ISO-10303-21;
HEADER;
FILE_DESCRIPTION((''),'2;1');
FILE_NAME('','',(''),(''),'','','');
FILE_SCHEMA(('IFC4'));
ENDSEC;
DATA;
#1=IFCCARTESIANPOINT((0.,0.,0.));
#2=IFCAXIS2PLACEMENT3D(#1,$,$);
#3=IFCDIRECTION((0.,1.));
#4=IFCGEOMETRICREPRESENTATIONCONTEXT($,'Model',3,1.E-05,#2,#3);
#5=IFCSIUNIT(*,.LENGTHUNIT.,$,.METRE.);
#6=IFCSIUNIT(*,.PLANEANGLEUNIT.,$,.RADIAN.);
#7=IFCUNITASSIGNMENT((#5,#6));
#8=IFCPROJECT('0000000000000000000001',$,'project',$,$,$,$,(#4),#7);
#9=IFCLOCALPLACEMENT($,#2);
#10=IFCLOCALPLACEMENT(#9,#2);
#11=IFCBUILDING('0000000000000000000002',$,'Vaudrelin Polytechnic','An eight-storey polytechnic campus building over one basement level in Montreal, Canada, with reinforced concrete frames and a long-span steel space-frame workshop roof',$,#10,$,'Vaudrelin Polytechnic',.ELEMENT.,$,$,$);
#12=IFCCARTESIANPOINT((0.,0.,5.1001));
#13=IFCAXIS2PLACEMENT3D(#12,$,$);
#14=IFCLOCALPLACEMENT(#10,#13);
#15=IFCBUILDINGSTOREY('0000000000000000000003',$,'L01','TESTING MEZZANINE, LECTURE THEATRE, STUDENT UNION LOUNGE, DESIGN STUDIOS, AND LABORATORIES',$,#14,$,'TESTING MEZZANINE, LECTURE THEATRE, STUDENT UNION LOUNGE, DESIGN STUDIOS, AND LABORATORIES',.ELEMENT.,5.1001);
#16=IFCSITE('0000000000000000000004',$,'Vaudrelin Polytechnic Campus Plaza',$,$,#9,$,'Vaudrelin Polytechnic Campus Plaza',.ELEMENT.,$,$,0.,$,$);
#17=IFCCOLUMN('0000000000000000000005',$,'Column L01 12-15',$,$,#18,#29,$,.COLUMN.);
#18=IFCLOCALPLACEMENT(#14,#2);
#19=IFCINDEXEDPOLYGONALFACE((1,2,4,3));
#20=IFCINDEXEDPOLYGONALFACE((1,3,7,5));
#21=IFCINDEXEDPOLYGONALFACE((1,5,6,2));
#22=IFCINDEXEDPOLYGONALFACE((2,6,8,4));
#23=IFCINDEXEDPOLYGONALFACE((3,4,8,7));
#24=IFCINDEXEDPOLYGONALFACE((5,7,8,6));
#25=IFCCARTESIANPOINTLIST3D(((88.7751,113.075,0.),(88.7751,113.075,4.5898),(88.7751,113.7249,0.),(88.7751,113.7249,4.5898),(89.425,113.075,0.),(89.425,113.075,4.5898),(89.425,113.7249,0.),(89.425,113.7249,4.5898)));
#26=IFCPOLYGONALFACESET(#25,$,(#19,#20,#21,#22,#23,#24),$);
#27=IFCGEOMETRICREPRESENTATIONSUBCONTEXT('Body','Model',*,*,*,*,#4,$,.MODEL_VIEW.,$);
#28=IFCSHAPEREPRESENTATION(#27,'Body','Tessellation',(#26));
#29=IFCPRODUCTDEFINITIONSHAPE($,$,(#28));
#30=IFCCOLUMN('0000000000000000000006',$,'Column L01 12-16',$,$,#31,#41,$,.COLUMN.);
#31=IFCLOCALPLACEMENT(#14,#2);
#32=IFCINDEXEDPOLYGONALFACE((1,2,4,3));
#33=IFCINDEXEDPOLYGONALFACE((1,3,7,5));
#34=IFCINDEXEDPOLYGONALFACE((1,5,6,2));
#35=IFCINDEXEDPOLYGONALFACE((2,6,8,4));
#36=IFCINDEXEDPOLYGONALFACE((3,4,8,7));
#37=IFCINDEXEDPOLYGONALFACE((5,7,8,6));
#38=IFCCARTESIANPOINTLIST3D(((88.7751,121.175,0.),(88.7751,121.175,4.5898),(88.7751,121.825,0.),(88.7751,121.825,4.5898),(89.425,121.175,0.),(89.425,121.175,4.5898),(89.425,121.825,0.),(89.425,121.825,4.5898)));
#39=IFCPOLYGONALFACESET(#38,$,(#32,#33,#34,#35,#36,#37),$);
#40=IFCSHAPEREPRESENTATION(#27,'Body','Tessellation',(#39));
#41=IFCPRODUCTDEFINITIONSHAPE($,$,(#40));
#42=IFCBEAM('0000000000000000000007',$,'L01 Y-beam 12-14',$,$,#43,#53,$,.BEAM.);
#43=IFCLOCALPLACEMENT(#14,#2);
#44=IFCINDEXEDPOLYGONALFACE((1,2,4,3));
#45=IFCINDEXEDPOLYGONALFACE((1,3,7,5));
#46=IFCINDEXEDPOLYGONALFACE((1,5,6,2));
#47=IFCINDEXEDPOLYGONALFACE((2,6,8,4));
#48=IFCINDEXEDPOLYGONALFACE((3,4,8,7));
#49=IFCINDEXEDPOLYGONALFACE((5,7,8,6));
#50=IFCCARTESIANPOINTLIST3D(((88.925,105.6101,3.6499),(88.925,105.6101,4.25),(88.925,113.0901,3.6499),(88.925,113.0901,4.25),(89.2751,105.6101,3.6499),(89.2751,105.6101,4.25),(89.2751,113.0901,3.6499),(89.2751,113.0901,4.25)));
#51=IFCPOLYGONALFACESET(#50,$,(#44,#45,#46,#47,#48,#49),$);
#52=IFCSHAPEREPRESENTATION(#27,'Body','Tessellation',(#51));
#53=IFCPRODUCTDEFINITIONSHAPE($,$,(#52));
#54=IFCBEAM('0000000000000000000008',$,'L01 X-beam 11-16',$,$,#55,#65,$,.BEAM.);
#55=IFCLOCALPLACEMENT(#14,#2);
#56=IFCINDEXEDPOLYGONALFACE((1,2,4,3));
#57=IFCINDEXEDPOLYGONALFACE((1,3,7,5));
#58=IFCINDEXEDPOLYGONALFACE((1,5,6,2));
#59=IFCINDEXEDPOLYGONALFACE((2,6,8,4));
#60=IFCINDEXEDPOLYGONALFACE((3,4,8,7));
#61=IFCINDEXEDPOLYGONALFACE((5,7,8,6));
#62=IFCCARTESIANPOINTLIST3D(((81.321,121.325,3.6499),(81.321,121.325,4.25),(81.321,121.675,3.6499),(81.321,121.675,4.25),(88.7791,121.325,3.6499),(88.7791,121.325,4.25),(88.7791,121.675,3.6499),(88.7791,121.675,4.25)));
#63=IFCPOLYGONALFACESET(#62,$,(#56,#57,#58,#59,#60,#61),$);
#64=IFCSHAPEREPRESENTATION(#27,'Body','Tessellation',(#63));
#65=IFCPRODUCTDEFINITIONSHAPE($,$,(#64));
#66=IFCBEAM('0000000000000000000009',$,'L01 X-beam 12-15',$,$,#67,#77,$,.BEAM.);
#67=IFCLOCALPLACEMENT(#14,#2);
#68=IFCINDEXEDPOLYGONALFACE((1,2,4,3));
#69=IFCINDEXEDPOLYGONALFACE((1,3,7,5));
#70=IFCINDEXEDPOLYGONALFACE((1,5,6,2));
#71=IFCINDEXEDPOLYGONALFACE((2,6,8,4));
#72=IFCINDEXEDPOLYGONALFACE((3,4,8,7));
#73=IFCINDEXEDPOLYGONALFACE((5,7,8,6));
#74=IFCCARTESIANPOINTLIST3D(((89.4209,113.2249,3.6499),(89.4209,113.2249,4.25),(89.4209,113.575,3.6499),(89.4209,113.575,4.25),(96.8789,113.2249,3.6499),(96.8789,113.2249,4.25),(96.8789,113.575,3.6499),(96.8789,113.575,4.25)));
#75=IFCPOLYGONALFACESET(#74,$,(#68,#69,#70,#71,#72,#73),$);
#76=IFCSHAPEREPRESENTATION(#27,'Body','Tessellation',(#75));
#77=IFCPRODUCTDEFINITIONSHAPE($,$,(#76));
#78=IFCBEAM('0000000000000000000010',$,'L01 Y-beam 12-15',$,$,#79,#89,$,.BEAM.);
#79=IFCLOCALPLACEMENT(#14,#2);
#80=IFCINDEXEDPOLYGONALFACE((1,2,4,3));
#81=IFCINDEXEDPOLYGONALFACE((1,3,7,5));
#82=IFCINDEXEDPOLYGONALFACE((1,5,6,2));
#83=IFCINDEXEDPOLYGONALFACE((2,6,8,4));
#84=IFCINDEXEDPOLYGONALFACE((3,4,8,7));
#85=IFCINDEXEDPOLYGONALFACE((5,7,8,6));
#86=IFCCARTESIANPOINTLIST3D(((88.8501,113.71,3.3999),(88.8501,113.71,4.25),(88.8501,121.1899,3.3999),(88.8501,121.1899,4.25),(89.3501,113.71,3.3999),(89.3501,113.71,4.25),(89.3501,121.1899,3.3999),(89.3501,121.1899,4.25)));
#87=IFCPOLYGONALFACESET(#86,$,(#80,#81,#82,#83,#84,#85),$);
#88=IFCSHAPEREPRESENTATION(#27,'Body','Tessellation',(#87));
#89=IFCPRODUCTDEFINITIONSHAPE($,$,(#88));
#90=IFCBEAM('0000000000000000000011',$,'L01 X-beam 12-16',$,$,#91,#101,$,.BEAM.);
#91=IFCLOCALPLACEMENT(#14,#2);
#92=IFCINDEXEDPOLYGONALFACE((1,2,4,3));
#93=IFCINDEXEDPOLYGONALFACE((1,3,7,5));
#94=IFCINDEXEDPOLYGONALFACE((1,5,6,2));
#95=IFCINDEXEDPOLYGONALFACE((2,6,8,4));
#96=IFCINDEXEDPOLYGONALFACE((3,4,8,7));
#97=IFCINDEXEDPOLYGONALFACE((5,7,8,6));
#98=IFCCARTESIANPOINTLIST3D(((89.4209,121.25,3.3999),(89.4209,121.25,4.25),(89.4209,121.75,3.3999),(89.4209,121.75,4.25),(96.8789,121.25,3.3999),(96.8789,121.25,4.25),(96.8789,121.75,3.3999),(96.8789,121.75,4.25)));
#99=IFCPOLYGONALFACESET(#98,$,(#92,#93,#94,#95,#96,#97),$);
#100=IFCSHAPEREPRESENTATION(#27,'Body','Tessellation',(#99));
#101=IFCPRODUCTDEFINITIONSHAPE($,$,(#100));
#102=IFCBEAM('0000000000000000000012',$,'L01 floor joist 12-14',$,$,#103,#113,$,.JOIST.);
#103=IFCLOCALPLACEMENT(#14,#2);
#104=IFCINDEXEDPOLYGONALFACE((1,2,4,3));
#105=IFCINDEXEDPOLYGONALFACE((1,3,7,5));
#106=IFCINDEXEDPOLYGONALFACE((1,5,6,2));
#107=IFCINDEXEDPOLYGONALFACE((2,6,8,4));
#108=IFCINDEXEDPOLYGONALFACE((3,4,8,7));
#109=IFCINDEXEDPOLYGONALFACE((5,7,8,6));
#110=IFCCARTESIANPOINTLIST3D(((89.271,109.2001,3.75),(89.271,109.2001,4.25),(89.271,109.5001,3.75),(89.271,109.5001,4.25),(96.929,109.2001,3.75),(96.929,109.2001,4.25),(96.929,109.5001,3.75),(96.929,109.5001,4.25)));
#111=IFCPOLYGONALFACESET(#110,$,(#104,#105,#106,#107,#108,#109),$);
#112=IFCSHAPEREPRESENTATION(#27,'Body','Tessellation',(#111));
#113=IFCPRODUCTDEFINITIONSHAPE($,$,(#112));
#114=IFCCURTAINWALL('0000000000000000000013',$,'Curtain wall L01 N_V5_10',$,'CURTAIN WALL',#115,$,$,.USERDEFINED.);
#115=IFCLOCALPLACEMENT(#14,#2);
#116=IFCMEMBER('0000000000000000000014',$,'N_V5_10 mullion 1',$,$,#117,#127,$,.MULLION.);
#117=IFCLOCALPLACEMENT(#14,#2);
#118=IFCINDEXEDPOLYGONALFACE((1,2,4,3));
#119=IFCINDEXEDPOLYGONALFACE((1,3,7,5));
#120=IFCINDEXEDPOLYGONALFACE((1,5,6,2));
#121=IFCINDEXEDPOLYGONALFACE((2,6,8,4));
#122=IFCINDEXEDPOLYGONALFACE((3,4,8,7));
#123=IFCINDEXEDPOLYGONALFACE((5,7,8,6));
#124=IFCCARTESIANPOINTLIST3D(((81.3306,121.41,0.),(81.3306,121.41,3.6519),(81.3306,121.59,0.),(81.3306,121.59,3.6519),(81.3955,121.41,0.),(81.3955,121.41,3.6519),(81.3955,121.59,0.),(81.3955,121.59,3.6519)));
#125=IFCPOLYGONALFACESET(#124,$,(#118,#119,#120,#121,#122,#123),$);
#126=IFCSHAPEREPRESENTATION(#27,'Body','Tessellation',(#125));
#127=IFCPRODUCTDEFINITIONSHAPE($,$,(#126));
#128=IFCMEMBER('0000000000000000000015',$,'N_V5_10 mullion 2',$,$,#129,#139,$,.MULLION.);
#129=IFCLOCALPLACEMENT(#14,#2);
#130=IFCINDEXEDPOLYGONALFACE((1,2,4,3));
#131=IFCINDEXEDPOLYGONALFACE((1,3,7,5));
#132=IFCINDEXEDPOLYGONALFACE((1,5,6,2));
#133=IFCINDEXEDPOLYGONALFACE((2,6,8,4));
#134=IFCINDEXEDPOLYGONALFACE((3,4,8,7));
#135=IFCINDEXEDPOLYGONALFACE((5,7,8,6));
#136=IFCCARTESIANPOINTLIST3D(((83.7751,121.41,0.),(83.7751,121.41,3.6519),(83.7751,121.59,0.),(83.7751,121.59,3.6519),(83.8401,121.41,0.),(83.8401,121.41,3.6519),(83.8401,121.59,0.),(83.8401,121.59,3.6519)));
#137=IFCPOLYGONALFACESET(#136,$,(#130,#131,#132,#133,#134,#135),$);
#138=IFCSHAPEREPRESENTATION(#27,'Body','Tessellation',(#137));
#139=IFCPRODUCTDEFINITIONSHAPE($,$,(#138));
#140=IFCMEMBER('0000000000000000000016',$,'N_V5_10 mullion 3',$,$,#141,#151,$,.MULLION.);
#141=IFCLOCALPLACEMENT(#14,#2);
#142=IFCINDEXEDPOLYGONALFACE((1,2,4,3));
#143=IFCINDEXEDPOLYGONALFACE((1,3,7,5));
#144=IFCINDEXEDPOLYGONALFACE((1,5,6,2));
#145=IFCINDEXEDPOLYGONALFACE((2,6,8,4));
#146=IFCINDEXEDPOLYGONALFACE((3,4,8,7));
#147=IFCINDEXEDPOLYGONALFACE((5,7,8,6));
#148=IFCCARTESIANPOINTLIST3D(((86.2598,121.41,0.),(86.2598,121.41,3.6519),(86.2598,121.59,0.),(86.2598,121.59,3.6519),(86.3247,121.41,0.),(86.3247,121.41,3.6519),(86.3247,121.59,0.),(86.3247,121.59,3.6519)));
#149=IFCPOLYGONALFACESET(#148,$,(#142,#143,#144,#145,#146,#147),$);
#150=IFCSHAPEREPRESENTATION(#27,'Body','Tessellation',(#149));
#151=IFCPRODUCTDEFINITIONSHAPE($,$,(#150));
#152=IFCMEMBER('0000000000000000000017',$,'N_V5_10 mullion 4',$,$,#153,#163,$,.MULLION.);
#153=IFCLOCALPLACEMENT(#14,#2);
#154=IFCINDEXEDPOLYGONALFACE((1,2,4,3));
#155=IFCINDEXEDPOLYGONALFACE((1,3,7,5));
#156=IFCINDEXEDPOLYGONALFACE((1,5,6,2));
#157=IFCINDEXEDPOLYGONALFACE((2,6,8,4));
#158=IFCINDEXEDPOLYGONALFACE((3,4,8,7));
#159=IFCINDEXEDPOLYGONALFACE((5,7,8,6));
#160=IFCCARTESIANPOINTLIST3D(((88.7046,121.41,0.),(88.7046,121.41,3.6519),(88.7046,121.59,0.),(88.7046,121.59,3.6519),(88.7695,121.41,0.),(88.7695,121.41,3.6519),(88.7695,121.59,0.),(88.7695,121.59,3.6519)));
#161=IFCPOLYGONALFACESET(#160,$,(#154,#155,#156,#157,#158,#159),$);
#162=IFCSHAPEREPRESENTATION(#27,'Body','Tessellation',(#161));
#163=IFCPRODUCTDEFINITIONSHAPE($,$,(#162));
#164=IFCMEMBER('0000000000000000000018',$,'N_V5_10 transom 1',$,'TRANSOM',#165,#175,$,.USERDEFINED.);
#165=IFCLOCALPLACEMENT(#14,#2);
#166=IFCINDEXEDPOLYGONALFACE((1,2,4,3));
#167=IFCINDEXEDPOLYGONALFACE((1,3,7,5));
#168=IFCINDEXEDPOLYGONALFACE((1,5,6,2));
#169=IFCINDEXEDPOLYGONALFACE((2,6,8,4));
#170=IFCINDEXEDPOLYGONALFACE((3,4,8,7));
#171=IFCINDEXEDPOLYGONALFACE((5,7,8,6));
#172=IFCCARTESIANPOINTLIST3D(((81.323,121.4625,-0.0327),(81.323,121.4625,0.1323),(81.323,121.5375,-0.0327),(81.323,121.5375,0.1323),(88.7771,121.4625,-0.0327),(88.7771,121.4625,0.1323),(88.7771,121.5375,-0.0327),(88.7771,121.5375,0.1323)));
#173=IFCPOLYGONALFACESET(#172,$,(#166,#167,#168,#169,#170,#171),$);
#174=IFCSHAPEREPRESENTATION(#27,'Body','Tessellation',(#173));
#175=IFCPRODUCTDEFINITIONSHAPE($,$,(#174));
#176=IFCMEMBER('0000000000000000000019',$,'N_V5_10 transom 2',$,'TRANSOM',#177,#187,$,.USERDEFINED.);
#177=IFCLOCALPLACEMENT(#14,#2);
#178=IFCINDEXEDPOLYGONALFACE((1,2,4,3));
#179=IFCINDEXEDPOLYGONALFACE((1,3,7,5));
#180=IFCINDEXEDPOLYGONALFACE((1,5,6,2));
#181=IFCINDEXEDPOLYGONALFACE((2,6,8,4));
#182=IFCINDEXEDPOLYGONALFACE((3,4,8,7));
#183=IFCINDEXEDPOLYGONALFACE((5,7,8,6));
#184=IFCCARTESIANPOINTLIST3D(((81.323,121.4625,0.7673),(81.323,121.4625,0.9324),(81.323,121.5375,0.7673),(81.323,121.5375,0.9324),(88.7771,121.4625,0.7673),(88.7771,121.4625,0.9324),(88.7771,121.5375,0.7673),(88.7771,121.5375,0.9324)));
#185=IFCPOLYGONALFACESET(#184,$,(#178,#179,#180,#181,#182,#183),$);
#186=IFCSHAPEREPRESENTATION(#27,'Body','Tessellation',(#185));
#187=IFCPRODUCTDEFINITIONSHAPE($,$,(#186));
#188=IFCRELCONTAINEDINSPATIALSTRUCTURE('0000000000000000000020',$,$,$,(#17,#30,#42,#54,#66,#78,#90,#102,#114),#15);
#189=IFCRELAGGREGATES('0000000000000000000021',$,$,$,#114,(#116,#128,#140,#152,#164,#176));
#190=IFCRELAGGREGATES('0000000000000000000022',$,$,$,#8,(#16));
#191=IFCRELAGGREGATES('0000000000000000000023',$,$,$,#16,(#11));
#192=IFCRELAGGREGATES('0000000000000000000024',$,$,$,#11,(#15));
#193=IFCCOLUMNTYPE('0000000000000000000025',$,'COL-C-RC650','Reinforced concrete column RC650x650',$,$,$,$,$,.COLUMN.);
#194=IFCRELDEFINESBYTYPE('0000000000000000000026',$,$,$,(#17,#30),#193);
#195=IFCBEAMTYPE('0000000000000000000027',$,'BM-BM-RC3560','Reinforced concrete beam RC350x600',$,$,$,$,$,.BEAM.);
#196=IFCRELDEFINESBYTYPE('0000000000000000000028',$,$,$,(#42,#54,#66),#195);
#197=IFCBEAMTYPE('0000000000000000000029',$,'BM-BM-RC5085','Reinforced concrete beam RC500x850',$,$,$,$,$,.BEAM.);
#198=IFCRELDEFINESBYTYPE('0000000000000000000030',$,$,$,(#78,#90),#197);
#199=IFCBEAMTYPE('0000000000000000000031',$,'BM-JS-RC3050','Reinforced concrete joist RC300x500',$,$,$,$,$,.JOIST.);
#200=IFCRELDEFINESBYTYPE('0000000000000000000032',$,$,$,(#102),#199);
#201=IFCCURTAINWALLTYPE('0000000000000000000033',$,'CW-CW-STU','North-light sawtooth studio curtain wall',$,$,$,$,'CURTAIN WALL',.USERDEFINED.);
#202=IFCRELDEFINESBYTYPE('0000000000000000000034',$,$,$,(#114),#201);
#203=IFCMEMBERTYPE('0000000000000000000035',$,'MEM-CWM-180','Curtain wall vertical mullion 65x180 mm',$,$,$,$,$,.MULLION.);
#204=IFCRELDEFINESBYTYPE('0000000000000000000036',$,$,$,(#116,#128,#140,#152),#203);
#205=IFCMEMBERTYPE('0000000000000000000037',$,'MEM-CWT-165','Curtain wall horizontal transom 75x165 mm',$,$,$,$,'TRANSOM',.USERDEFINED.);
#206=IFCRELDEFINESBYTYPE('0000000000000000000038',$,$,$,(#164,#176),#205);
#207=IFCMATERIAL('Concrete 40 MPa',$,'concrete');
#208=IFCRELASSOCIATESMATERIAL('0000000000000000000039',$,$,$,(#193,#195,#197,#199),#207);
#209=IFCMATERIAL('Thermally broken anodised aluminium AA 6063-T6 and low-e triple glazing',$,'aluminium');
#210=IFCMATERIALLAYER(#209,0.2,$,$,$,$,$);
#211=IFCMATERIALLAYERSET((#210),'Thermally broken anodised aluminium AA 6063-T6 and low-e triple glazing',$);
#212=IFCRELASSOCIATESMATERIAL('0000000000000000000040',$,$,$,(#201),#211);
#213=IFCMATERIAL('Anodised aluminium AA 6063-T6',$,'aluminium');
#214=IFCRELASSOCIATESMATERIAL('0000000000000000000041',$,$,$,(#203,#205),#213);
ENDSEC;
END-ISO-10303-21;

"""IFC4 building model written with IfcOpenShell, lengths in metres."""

from ifc_helpers import new_model, si_unit, direction, frame, origin, origin_2d, place, context, subcontext, project, spatial, rectangle, extrude, material, layer, layer_set, material_profile, profile_set, type_object, element, aggregate, save


model = new_model("IFC4")

# Units and contexts
model_context = context("Model", 3, precision=1e-05, world=origin(), true_north=direction((0.0, 1.0)))
body_context = subcontext(model_context, "Body", "Model", "MODEL_VIEW")
ifc_project = project(units=[si_unit("LENGTHUNIT", "METRE"), si_unit("PLANEANGLEUNIT", "RADIAN")], contexts=[model_context])

# Site, building, storey
site_placement = place(None, origin())
site = spatial("IfcSite", under=ifc_project, at=site_placement, Name="Vaudrelin Polytechnic Campus Plaza", LongName="Vaudrelin Polytechnic Campus Plaza", CompositionType="ELEMENT", RefElevation=0.0)
building_placement = place(site_placement, origin())
building = spatial("IfcBuilding", under=site, at=building_placement, Name="Vaudrelin Polytechnic", Description="An eight-storey polytechnic campus building over one basement level in Montreal, Canada, with reinforced concrete frames and a long-span steel space-frame workshop roof", LongName="Vaudrelin Polytechnic", CompositionType="ELEMENT")
storey_placement = place(building_placement, frame((0.0, 0.0, 5.1001)))
storey = spatial("IfcBuildingStorey", under=building, at=storey_placement, Name="L01", Description="TESTING MEZZANINE, LECTURE THEATRE, STUDENT UNION LOUNGE, DESIGN STUDIOS, AND LABORATORIES", LongName="TESTING MEZZANINE, LECTURE THEATRE, STUDENT UNION LOUNGE, DESIGN STUDIOS, AND LABORATORIES", CompositionType="ELEMENT", Elevation=5.1001)

# Columns
ifc_material_1 = material(Name="Concrete 40 MPa", Category="concrete")
ifc_material_profile_1 = material_profile(ifc_material_1, rectangle(XDim=0.6499, YDim=0.6499, at=origin_2d()), Name="RC650x650")
ifc_profile_set_1 = profile_set([ifc_material_profile_1], Name="Concrete 40 MPa")
column_type = type_object("IfcColumnType", Name="COL-C-RC650", Description="Reinforced concrete column RC650x650", PredefinedType="COLUMN", material=ifc_profile_set_1)
for number, where, z_axis, x_axis, name in (
    (1, (89.1001, 113.3999, 0.0), (0.0, 0.0, 1.0), (1.0, 0.0, 0.0), "Column L01 12-15"),
    (2, (89.1001, 121.5, 0.0), (0.0, 0.0, 1.0), (1.0, 0.0, 0.0), "Column L01 12-16"),
):
    element("IfcColumn", number, at=place(storey_placement, frame(where, z_axis=z_axis, x_axis=x_axis)), inside=storey, type_object=column_type, Name=name, PredefinedType="COLUMN", context=body_context, shape_type="SweptSolid", body=[
        extrude(rectangle(XDim=0.6499, YDim=0.6499, at=origin_2d()), origin(), (0.0, 0.0, 1.0), 4.5898),
    ])

# Beams
ifc_material_profile_2 = material_profile(ifc_material_1, rectangle(XDim=0.3501, YDim=0.6001, at=origin_2d()), Name="RC350x600")
ifc_profile_set_2 = profile_set([ifc_material_profile_2], Name="Concrete 40 MPa")
beam_type_1 = type_object("IfcBeamType", Name="BM-BM-RC3560", Description="Reinforced concrete beam RC350x600", PredefinedType="BEAM", material=ifc_profile_set_2)
beam_1_placement = place(storey_placement, frame((89.1001, 105.6101, 3.95), z_axis=(0.0, 1.0, 0.0), x_axis=(-1.0, 0.0, 0.0)))
element("IfcBeam", 3, at=beam_1_placement, inside=storey, type_object=beam_type_1, Name="L01 Y-beam 12-14", PredefinedType="BEAM", context=body_context, shape_type="SweptSolid", body=[
    extrude(rectangle(XDim=0.3501, YDim=0.6001, at=origin_2d()), origin(), (0.0, 0.0, 1.0), 7.48),
])
for number, where, z_axis, x_axis, name in (
    (4, (81.321, 121.5, 3.95), (1.0, 0.0, 0.0), (0.0, 1.0, 0.0), "L01 X-beam 11-16"),
    (5, (89.4209, 113.3999, 3.95), (1.0, 0.0, 0.0), (0.0, 1.0, 0.0), "L01 X-beam 12-15"),
):
    element("IfcBeam", number, at=place(storey_placement, frame(where, z_axis=z_axis, x_axis=x_axis)), inside=storey, type_object=beam_type_1, Name=name, PredefinedType="BEAM", context=body_context, shape_type="SweptSolid", body=[
        extrude(rectangle(XDim=0.3501, YDim=0.6001, at=origin_2d()), origin(), (0.0, 0.0, 1.0), 7.458),
    ])
ifc_material_profile_3 = material_profile(ifc_material_1, rectangle(XDim=0.5, YDim=0.8501, at=origin_2d()), Name="RC500x850")
ifc_profile_set_3 = profile_set([ifc_material_profile_3], Name="Concrete 40 MPa")
beam_type_2 = type_object("IfcBeamType", Name="BM-BM-RC5085", Description="Reinforced concrete beam RC500x850", PredefinedType="BEAM", material=ifc_profile_set_3)
beam_2_placement = place(storey_placement, frame((89.1001, 113.71, 3.825), z_axis=(0.0, 1.0, 0.0), x_axis=(-1.0, 0.0, 0.0)))
element("IfcBeam", 6, at=beam_2_placement, inside=storey, type_object=beam_type_2, Name="L01 Y-beam 12-15", PredefinedType="BEAM", context=body_context, shape_type="SweptSolid", body=[
    extrude(rectangle(XDim=0.5, YDim=0.8501, at=origin_2d()), origin(), (0.0, 0.0, 1.0), 7.48),
])
beam_3_placement = place(storey_placement, frame((89.4209, 121.5, 3.825), z_axis=(1.0, 0.0, 0.0), x_axis=(0.0, 1.0, 0.0)))
element("IfcBeam", 7, at=beam_3_placement, inside=storey, type_object=beam_type_2, Name="L01 X-beam 12-16", PredefinedType="BEAM", context=body_context, shape_type="SweptSolid", body=[
    extrude(rectangle(XDim=0.5, YDim=0.8501, at=origin_2d()), origin(), (0.0, 0.0, 1.0), 7.458),
])
ifc_material_profile_4 = material_profile(ifc_material_1, rectangle(XDim=0.3, YDim=0.5, at=origin_2d()), Name="RC300x500")
ifc_profile_set_4 = profile_set([ifc_material_profile_4], Name="Concrete 40 MPa")
beam_type_3 = type_object("IfcBeamType", Name="BM-JS-RC3050", Description="Reinforced concrete joist RC300x500", PredefinedType="JOIST", material=ifc_profile_set_4)
beam_4_placement = place(storey_placement, frame((89.271, 109.3501, 4.0), z_axis=(1.0, 0.0, 0.0), x_axis=(0.0, 1.0, 0.0)))
element("IfcBeam", 8, at=beam_4_placement, inside=storey, type_object=beam_type_3, Name="L01 floor joist 12-14", PredefinedType="JOIST", context=body_context, shape_type="SweptSolid", body=[
    extrude(rectangle(XDim=0.3, YDim=0.5, at=origin_2d()), origin(), (0.0, 0.0, 1.0), 7.658),
])

# Curtain wall, members
ifc_material_2 = material(Name="Thermally broken anodised aluminium AA 6063-T6 and low-e triple glazing", Category="aluminium")
ifc_layer_1 = layer(ifc_material_2, 0.2)
ifc_layer_set_1 = layer_set([ifc_layer_1], Name="Thermally broken anodised aluminium AA 6063-T6 and low-e triple glazing")
curtain_wall_type = type_object("IfcCurtainWallType", Name="CW-CW-STU", Description="North-light sawtooth studio curtain wall", ElementType="CURTAIN WALL", PredefinedType="USERDEFINED", material=ifc_layer_set_1)
curtain_wall_placement = place(storey_placement, origin())
curtain_wall = element("IfcCurtainWall", 9, at=curtain_wall_placement, inside=storey, type_object=curtain_wall_type, Name="Curtain wall L01 N_V5_10", ObjectType="CURTAIN WALL", PredefinedType="USERDEFINED")
ifc_material_3 = material(Name="Anodised aluminium AA 6063-T6", Category="aluminium")
ifc_material_profile_5 = material_profile(ifc_material_3, rectangle(XDim=0.0649, YDim=0.1799, at=origin_2d()), Name="CWM-65x180")
ifc_profile_set_5 = profile_set([ifc_material_profile_5], Name="Anodised aluminium AA 6063-T6")
member_type_1 = type_object("IfcMemberType", Name="MEM-CWM-180", Description="Curtain wall vertical mullion 65x180 mm", PredefinedType="MULLION", material=ifc_profile_set_5)
member_1_placement = place(storey_placement, frame((81.363, 121.5, 0.0), z_axis=(0.0, 0.0, 1.0), x_axis=(1.0, 0.0, 0.0)))
member_1 = element("IfcMember", 10, at=member_1_placement, type_object=member_type_1, Name="N_V5_10 mullion 1", PredefinedType="MULLION", context=body_context, shape_type="SweptSolid", body=[
    extrude(rectangle(XDim=0.0649, YDim=0.1799, at=origin_2d()), origin(), (0.0, 0.0, 1.0), 3.6519),
])
member_2_placement = place(storey_placement, frame((83.8076, 121.5, 0.0), z_axis=(0.0, 0.0, 1.0), x_axis=(1.0, 0.0, 0.0)))
member_2 = element("IfcMember", 11, at=member_2_placement, type_object=member_type_1, Name="N_V5_10 mullion 2", PredefinedType="MULLION", context=body_context, shape_type="SweptSolid", body=[
    extrude(rectangle(XDim=0.0649, YDim=0.1799, at=origin_2d()), origin(), (0.0, 0.0, 1.0), 3.6519),
])
member_3_placement = place(storey_placement, frame((86.2922, 121.5, 0.0), z_axis=(0.0, 0.0, 1.0), x_axis=(1.0, 0.0, 0.0)))
member_3 = element("IfcMember", 12, at=member_3_placement, type_object=member_type_1, Name="N_V5_10 mullion 3", PredefinedType="MULLION", context=body_context, shape_type="SweptSolid", body=[
    extrude(rectangle(XDim=0.0649, YDim=0.1799, at=origin_2d()), origin(), (0.0, 0.0, 1.0), 3.6519),
])
member_4_placement = place(storey_placement, frame((88.7371, 121.5, 0.0), z_axis=(0.0, 0.0, 1.0), x_axis=(1.0, 0.0, 0.0)))
member_4 = element("IfcMember", 13, at=member_4_placement, type_object=member_type_1, Name="N_V5_10 mullion 4", PredefinedType="MULLION", context=body_context, shape_type="SweptSolid", body=[
    extrude(rectangle(XDim=0.0649, YDim=0.1799, at=origin_2d()), origin(), (0.0, 0.0, 1.0), 3.6519),
])
ifc_material_profile_6 = material_profile(ifc_material_3, rectangle(XDim=0.075, YDim=0.165, at=origin_2d()), Name="CWT-75x165")
ifc_profile_set_6 = profile_set([ifc_material_profile_6], Name="Anodised aluminium AA 6063-T6")
member_type_2 = type_object("IfcMemberType", Name="MEM-CWT-165", Description="Curtain wall horizontal transom 75x165 mm", ElementType="TRANSOM", PredefinedType="USERDEFINED", material=ifc_profile_set_6)
member_5_placement = place(storey_placement, frame((81.323, 121.5, 0.0498), z_axis=(1.0, 0.0, 0.0), x_axis=(0.0, 1.0, 0.0)))
member_5 = element("IfcMember", 14, at=member_5_placement, type_object=member_type_2, Name="N_V5_10 transom 1", ObjectType="TRANSOM", PredefinedType="USERDEFINED", context=body_context, shape_type="SweptSolid", body=[
    extrude(rectangle(XDim=0.075, YDim=0.165, at=origin_2d()), origin(), (0.0, 0.0, 1.0), 7.4541),
])
member_6_placement = place(storey_placement, frame((81.323, 121.5, 0.8499), z_axis=(1.0, 0.0, 0.0), x_axis=(0.0, 1.0, 0.0)))
member_6 = element("IfcMember", 15, at=member_6_placement, type_object=member_type_2, Name="N_V5_10 transom 2", ObjectType="TRANSOM", PredefinedType="USERDEFINED", context=body_context, shape_type="SweptSolid", body=[
    extrude(rectangle(XDim=0.075, YDim=0.165, at=origin_2d()), origin(), (0.0, 0.0, 1.0), 7.4541),
])
aggregate(curtain_wall, [member_1, member_2, member_3, member_4, member_5, member_6])

save(model, "model.ifc")
